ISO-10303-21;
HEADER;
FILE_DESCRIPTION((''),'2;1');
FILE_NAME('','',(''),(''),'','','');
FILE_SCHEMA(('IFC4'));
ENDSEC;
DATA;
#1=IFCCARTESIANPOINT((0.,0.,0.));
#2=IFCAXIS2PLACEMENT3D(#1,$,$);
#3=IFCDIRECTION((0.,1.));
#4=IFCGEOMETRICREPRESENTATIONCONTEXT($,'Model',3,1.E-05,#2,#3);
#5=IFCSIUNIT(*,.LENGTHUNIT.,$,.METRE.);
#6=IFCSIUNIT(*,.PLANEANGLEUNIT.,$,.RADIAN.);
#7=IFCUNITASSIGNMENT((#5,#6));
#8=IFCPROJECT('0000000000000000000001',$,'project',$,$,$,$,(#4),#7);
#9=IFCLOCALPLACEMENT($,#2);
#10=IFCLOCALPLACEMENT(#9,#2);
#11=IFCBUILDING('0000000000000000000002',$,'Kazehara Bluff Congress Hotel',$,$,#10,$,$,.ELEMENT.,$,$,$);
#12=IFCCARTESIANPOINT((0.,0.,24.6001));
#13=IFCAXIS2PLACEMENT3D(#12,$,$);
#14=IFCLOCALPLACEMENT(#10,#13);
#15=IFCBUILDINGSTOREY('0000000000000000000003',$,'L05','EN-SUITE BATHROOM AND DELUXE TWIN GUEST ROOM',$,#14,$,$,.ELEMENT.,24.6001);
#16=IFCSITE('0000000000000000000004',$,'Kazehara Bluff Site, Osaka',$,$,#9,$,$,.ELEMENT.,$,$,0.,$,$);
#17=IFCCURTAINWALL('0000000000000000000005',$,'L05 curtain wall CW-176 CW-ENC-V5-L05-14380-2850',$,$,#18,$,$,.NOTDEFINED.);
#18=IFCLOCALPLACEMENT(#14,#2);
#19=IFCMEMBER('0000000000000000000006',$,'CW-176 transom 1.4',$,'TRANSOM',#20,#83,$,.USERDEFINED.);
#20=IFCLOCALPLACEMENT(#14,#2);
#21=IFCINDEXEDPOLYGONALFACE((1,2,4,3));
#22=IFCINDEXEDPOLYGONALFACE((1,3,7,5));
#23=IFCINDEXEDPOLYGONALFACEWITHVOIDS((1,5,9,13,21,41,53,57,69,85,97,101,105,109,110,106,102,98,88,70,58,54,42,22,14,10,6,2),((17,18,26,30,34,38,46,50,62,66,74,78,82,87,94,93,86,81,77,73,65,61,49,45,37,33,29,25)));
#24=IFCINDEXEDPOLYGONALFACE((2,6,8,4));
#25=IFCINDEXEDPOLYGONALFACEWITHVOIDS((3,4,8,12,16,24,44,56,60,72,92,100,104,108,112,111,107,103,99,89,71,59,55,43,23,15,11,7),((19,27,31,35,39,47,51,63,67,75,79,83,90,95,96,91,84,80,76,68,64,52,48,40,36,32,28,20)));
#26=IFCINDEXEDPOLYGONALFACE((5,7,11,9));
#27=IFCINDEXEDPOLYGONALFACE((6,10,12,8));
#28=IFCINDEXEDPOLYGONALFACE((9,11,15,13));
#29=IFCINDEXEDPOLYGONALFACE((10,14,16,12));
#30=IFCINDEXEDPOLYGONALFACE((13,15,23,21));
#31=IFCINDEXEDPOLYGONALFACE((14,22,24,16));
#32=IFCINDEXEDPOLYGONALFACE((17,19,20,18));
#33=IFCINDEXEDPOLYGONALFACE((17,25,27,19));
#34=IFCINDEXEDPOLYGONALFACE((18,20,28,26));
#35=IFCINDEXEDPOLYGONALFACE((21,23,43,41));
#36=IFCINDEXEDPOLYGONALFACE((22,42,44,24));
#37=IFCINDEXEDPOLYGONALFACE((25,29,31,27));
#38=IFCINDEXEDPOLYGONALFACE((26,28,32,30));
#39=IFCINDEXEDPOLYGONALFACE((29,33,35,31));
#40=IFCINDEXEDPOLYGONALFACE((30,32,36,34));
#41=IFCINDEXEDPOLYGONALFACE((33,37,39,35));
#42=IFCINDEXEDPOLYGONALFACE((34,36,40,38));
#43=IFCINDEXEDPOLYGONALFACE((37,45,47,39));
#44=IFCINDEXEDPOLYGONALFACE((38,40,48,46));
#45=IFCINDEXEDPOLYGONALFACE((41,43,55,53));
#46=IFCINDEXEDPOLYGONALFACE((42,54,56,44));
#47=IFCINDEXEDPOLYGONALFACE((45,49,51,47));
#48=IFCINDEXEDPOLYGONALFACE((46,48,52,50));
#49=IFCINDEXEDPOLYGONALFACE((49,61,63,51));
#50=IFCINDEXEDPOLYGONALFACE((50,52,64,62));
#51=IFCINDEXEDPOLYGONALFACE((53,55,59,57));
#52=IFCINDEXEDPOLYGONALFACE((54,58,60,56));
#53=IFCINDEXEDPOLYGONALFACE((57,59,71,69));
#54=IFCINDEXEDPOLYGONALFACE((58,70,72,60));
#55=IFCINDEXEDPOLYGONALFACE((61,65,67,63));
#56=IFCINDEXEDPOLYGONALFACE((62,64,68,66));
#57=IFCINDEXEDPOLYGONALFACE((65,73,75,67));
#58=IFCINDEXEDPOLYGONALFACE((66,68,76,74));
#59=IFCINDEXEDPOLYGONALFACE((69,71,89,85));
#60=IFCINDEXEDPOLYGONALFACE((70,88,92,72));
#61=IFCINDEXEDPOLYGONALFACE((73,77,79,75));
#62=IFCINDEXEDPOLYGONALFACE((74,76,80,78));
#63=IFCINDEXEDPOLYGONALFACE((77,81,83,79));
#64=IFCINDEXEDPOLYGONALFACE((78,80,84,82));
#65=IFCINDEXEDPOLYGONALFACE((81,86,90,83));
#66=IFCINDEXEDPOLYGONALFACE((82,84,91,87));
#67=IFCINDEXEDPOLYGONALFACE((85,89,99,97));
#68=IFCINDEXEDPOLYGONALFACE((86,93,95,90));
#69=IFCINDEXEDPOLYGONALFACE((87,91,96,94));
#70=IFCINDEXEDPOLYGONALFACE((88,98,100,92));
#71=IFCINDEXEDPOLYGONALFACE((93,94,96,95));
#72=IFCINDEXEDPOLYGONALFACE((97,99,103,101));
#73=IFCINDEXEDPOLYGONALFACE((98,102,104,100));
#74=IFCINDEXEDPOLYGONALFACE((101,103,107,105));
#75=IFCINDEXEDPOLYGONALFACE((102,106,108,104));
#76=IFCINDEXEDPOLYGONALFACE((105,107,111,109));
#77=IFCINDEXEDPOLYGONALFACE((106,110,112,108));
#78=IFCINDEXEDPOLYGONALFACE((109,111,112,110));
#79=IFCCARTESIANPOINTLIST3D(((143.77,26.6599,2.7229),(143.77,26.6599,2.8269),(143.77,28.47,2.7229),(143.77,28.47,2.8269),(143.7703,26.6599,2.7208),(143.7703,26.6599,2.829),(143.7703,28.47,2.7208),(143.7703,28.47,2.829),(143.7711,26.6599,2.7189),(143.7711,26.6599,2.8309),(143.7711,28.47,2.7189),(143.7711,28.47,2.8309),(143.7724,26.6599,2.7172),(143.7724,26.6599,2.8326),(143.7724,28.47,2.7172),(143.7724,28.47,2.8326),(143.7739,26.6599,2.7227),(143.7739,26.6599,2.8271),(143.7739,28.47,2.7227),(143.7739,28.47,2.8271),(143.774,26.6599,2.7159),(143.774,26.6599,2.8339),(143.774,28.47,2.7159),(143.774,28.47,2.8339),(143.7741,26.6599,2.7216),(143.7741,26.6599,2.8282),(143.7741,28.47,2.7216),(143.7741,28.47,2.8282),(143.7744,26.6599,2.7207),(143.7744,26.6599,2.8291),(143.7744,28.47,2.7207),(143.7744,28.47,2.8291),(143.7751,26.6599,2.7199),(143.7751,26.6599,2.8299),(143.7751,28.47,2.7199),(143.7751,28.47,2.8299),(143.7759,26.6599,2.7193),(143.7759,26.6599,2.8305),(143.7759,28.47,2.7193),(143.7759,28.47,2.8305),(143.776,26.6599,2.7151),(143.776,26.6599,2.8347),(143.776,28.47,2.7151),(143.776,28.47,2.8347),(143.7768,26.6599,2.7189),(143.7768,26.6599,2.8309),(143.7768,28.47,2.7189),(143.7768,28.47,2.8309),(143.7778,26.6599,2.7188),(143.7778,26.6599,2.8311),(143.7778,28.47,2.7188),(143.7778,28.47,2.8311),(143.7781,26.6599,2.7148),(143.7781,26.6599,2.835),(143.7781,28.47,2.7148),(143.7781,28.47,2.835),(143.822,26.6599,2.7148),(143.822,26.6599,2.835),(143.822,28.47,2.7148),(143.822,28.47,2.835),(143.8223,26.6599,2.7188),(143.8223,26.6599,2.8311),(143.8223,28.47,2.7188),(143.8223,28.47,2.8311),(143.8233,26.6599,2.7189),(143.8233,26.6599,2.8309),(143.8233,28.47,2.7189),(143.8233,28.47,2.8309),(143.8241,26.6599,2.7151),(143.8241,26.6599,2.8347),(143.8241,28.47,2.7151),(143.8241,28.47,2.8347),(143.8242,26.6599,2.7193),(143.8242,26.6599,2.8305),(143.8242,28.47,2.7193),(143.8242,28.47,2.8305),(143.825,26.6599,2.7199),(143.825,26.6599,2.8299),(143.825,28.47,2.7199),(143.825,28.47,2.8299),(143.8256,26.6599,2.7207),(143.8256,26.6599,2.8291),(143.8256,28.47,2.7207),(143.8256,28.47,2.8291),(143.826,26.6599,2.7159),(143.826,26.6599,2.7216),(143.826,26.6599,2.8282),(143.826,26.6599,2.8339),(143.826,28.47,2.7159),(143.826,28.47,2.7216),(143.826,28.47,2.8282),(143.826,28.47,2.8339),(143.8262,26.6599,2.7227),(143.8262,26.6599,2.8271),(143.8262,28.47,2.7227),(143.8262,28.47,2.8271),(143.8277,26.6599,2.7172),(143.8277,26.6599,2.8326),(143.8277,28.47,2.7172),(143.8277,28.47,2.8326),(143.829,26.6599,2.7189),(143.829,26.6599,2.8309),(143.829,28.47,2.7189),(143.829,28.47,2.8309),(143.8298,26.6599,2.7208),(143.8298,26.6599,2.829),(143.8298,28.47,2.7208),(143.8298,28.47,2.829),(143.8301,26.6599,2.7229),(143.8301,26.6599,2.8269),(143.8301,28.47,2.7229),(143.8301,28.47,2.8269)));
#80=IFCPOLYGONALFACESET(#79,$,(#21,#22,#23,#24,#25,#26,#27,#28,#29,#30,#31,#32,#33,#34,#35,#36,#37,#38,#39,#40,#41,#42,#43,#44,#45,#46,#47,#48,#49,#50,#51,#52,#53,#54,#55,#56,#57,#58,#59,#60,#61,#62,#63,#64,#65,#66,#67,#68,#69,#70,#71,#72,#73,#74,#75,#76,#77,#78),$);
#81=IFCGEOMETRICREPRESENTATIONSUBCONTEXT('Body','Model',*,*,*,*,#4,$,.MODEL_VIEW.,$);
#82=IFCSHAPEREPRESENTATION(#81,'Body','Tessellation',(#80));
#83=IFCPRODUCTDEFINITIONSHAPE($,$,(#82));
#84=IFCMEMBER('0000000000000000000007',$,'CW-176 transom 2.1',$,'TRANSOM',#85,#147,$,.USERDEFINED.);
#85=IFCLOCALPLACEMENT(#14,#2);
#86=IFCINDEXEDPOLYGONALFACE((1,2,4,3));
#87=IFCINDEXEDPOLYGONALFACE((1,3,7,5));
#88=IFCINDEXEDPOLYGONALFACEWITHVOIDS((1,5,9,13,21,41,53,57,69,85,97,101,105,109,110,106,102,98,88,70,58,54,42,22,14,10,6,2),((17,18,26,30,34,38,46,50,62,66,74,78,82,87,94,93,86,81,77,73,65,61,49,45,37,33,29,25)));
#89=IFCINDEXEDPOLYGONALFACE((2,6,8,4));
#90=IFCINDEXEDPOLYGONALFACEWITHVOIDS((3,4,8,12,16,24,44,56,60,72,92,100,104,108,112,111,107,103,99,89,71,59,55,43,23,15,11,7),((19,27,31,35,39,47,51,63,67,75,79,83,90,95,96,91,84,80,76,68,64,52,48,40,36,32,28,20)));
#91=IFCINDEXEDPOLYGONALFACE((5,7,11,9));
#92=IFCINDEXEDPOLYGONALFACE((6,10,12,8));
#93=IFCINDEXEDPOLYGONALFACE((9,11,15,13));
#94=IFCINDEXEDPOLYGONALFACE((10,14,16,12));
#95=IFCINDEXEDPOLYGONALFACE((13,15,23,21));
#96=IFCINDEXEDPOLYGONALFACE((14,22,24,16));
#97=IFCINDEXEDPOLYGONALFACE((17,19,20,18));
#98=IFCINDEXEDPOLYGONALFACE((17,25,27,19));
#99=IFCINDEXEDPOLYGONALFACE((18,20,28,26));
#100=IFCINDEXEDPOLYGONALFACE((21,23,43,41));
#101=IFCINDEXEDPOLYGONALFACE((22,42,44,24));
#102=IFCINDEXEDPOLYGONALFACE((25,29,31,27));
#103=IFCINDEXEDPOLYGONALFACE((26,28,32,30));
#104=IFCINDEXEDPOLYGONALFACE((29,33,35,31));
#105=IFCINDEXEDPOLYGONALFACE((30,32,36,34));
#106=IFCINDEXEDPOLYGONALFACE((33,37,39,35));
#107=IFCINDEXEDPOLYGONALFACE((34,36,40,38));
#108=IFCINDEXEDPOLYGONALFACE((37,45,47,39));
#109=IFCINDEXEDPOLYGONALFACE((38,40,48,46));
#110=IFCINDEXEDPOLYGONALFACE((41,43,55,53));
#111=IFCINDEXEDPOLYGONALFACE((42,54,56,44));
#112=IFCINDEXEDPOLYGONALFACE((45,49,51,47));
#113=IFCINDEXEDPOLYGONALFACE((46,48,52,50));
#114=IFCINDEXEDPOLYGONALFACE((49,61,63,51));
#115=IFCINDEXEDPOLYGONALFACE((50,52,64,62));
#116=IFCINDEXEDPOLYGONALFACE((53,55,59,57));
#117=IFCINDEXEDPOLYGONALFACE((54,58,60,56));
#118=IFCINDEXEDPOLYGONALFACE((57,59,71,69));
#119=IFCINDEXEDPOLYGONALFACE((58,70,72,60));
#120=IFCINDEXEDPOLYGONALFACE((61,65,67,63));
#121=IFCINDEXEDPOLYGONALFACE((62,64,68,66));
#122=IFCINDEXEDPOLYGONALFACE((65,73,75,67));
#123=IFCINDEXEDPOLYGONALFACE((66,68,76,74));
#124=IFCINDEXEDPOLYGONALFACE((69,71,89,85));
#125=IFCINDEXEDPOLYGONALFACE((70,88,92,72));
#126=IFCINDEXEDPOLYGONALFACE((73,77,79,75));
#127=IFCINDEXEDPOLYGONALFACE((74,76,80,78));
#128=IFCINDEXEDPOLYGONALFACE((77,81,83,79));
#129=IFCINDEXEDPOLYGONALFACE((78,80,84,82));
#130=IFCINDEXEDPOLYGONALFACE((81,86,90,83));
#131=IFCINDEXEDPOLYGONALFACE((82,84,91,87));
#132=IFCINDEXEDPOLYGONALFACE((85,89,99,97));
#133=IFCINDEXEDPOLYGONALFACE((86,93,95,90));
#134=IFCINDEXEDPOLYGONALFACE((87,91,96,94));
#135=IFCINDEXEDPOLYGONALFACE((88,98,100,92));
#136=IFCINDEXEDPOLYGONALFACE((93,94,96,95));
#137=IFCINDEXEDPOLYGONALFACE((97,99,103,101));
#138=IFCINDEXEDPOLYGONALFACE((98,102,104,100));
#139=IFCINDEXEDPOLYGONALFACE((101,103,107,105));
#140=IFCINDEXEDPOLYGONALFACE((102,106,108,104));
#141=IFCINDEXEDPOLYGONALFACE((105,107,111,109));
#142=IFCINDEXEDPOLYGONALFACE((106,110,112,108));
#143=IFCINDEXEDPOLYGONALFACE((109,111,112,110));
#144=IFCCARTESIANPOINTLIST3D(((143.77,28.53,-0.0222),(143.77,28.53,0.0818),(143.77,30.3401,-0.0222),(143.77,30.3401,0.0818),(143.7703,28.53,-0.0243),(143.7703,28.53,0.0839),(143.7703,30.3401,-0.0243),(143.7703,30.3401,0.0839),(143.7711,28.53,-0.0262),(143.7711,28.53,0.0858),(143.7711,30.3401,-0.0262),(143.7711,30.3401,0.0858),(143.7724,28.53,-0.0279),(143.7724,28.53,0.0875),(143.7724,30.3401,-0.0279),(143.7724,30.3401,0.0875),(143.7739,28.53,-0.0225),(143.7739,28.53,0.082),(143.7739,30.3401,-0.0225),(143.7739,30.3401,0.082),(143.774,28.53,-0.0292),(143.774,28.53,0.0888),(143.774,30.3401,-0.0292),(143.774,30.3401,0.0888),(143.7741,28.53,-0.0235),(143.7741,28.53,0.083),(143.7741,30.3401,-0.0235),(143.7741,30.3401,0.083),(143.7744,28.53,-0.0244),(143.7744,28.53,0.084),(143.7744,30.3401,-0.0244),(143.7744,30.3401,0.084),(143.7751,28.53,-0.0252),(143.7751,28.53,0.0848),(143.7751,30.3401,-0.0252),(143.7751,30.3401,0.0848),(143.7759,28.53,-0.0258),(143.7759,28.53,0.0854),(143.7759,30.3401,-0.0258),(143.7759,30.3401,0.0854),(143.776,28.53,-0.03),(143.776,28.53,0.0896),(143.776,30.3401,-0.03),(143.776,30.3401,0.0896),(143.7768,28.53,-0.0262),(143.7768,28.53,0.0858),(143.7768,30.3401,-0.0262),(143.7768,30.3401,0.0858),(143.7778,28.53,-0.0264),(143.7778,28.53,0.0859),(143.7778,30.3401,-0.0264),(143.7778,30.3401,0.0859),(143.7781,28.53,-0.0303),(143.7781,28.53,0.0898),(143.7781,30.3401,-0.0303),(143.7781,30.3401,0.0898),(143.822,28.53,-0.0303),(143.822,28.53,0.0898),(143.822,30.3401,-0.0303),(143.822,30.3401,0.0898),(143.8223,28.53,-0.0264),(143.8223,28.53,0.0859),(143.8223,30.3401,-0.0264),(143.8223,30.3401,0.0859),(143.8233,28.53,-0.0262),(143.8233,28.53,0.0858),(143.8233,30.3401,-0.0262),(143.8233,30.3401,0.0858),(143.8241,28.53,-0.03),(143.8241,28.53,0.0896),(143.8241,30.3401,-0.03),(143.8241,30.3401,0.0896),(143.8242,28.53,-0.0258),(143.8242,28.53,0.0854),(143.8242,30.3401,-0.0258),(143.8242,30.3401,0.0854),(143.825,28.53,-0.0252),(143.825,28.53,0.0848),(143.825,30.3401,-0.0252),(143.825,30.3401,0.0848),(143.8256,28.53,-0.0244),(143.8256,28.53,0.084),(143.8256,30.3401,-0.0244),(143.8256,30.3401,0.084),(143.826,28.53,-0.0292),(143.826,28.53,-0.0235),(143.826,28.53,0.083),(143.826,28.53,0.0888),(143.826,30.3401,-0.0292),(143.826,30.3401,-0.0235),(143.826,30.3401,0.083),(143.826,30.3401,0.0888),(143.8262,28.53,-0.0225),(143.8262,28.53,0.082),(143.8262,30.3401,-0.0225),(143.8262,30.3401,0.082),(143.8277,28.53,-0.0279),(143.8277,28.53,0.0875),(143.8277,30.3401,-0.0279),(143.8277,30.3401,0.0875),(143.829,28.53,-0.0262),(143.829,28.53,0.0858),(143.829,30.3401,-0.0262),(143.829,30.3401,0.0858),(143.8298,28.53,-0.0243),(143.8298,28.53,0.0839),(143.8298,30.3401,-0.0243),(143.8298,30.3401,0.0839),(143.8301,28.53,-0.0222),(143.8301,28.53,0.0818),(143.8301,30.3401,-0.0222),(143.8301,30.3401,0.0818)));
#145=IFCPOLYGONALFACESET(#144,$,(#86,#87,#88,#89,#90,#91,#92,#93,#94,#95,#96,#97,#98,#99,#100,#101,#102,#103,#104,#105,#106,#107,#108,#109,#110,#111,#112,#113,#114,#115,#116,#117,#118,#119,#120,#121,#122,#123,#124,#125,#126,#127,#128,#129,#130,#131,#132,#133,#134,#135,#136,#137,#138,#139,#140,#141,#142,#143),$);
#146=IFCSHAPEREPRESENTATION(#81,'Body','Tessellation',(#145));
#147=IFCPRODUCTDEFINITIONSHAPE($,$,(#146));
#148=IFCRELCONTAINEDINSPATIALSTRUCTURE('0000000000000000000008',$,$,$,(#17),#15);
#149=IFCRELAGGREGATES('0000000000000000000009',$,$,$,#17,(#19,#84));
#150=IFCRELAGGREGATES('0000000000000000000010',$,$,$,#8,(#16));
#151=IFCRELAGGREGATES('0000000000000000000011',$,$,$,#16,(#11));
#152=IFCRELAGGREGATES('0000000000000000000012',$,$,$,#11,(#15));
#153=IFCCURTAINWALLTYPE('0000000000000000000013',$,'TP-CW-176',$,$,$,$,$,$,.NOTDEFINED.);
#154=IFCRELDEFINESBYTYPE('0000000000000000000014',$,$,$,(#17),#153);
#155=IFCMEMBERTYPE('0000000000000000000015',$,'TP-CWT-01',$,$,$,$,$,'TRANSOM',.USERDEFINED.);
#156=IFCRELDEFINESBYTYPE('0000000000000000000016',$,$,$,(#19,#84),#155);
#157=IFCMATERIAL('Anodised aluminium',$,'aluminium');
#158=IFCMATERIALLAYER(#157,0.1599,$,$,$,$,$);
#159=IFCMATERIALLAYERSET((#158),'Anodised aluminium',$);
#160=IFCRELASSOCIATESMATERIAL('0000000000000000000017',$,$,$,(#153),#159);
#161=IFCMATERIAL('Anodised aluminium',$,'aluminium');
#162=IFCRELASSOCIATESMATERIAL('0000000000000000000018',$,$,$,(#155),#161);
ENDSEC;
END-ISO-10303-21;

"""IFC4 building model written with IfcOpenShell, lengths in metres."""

from ifc_helpers import new_model, si_unit, direction, frame, origin, origin_2d, place, context, subcontext, project, spatial, hollow_rectangle, extrude, material, layer, layer_set, material_profile, profile_set, type_object, element, aggregate, save


model = new_model("IFC4")

# Units and contexts
model_context = context("Model", 3, precision=1e-05, world=origin(), true_north=direction((0.0, 1.0)))
body_context = subcontext(model_context, "Body", "Model", "MODEL_VIEW")
ifc_project = project(units=[si_unit("LENGTHUNIT", "METRE"), si_unit("PLANEANGLEUNIT", "RADIAN")], contexts=[model_context])

# Site, building, storey
site_placement = place(None, origin())
site = spatial("IfcSite", under=ifc_project, at=site_placement, Name="Kazehara Bluff Site, Osaka", CompositionType="ELEMENT", RefElevation=0.0)
building_placement = place(site_placement, origin())
building = spatial("IfcBuilding", under=site, at=building_placement, Name="Kazehara Bluff Congress Hotel", CompositionType="ELEMENT")
storey_placement = place(building_placement, frame((0.0, 0.0, 24.6001)))
storey = spatial("IfcBuildingStorey", under=building, at=storey_placement, Name="L05", Description="EN-SUITE BATHROOM AND DELUXE TWIN GUEST ROOM", CompositionType="ELEMENT", Elevation=24.6001)

# Curtain wall, members
ifc_material_1 = material(Name="Anodised aluminium", Category="aluminium")
ifc_layer_1 = layer(ifc_material_1, 0.1599)
ifc_layer_set_1 = layer_set([ifc_layer_1], Name="Anodised aluminium")
curtain_wall_type = type_object("IfcCurtainWallType", Name="TP-CW-176", PredefinedType="NOTDEFINED", material=ifc_layer_set_1)
curtain_wall_placement = place(storey_placement, origin())
curtain_wall = element("IfcCurtainWall", 1, at=curtain_wall_placement, inside=storey, type_object=curtain_wall_type, Name="L05 curtain wall CW-176 CW-ENC-V5-L05-14380-2850", PredefinedType="NOTDEFINED")
ifc_material_2 = material(Name="Anodised aluminium", Category="aluminium")
ifc_material_profile_1 = material_profile(ifc_material_2, hollow_rectangle(XDim=0.0601, YDim=0.1201, WallThickness=0.0039, InnerFilletRadius=0.0039, OuterFilletRadius=0.0081, at=origin_2d()))
ifc_profile_set_1 = profile_set([ifc_material_profile_1], Name="Anodised aluminium")
member_type_1 = type_object("IfcMemberType", Name="TP-CWT-01", ElementType="TRANSOM", PredefinedType="USERDEFINED", material=ifc_profile_set_1)
member_1_placement = place(storey_placement, frame((143.8, 26.6599, 2.7749), z_axis=(0.0, 1.0, 0.0), x_axis=(-1.0, 0.0, 0.0)))
member_1 = element("IfcMember", 2, at=member_1_placement, type_object=member_type_1, Name="CW-176 transom 1.4", ObjectType="TRANSOM", PredefinedType="USERDEFINED", context=body_context, shape_type="SweptSolid", body=[
    extrude(hollow_rectangle(XDim=0.0601, YDim=0.1201, WallThickness=0.0039, InnerFilletRadius=0.0039, OuterFilletRadius=0.0081, at=origin_2d()), origin(), (0.0, 0.0, 1.0), 1.8101),
])
member_2_placement = place(storey_placement, frame((143.8, 28.53, 0.0298), z_axis=(0.0, 1.0, 0.0), x_axis=(-1.0, 0.0, 0.0)))
member_2 = element("IfcMember", 3, at=member_2_placement, type_object=member_type_1, Name="CW-176 transom 2.1", ObjectType="TRANSOM", PredefinedType="USERDEFINED", context=body_context, shape_type="SweptSolid", body=[
    extrude(hollow_rectangle(XDim=0.0601, YDim=0.1201, WallThickness=0.0039, InnerFilletRadius=0.0039, OuterFilletRadius=0.0081, at=origin_2d()), origin(), (0.0, 0.0, 1.0), 1.8101),
])
aggregate(curtain_wall, [member_1, member_2])

save(model, "model.ifc")
